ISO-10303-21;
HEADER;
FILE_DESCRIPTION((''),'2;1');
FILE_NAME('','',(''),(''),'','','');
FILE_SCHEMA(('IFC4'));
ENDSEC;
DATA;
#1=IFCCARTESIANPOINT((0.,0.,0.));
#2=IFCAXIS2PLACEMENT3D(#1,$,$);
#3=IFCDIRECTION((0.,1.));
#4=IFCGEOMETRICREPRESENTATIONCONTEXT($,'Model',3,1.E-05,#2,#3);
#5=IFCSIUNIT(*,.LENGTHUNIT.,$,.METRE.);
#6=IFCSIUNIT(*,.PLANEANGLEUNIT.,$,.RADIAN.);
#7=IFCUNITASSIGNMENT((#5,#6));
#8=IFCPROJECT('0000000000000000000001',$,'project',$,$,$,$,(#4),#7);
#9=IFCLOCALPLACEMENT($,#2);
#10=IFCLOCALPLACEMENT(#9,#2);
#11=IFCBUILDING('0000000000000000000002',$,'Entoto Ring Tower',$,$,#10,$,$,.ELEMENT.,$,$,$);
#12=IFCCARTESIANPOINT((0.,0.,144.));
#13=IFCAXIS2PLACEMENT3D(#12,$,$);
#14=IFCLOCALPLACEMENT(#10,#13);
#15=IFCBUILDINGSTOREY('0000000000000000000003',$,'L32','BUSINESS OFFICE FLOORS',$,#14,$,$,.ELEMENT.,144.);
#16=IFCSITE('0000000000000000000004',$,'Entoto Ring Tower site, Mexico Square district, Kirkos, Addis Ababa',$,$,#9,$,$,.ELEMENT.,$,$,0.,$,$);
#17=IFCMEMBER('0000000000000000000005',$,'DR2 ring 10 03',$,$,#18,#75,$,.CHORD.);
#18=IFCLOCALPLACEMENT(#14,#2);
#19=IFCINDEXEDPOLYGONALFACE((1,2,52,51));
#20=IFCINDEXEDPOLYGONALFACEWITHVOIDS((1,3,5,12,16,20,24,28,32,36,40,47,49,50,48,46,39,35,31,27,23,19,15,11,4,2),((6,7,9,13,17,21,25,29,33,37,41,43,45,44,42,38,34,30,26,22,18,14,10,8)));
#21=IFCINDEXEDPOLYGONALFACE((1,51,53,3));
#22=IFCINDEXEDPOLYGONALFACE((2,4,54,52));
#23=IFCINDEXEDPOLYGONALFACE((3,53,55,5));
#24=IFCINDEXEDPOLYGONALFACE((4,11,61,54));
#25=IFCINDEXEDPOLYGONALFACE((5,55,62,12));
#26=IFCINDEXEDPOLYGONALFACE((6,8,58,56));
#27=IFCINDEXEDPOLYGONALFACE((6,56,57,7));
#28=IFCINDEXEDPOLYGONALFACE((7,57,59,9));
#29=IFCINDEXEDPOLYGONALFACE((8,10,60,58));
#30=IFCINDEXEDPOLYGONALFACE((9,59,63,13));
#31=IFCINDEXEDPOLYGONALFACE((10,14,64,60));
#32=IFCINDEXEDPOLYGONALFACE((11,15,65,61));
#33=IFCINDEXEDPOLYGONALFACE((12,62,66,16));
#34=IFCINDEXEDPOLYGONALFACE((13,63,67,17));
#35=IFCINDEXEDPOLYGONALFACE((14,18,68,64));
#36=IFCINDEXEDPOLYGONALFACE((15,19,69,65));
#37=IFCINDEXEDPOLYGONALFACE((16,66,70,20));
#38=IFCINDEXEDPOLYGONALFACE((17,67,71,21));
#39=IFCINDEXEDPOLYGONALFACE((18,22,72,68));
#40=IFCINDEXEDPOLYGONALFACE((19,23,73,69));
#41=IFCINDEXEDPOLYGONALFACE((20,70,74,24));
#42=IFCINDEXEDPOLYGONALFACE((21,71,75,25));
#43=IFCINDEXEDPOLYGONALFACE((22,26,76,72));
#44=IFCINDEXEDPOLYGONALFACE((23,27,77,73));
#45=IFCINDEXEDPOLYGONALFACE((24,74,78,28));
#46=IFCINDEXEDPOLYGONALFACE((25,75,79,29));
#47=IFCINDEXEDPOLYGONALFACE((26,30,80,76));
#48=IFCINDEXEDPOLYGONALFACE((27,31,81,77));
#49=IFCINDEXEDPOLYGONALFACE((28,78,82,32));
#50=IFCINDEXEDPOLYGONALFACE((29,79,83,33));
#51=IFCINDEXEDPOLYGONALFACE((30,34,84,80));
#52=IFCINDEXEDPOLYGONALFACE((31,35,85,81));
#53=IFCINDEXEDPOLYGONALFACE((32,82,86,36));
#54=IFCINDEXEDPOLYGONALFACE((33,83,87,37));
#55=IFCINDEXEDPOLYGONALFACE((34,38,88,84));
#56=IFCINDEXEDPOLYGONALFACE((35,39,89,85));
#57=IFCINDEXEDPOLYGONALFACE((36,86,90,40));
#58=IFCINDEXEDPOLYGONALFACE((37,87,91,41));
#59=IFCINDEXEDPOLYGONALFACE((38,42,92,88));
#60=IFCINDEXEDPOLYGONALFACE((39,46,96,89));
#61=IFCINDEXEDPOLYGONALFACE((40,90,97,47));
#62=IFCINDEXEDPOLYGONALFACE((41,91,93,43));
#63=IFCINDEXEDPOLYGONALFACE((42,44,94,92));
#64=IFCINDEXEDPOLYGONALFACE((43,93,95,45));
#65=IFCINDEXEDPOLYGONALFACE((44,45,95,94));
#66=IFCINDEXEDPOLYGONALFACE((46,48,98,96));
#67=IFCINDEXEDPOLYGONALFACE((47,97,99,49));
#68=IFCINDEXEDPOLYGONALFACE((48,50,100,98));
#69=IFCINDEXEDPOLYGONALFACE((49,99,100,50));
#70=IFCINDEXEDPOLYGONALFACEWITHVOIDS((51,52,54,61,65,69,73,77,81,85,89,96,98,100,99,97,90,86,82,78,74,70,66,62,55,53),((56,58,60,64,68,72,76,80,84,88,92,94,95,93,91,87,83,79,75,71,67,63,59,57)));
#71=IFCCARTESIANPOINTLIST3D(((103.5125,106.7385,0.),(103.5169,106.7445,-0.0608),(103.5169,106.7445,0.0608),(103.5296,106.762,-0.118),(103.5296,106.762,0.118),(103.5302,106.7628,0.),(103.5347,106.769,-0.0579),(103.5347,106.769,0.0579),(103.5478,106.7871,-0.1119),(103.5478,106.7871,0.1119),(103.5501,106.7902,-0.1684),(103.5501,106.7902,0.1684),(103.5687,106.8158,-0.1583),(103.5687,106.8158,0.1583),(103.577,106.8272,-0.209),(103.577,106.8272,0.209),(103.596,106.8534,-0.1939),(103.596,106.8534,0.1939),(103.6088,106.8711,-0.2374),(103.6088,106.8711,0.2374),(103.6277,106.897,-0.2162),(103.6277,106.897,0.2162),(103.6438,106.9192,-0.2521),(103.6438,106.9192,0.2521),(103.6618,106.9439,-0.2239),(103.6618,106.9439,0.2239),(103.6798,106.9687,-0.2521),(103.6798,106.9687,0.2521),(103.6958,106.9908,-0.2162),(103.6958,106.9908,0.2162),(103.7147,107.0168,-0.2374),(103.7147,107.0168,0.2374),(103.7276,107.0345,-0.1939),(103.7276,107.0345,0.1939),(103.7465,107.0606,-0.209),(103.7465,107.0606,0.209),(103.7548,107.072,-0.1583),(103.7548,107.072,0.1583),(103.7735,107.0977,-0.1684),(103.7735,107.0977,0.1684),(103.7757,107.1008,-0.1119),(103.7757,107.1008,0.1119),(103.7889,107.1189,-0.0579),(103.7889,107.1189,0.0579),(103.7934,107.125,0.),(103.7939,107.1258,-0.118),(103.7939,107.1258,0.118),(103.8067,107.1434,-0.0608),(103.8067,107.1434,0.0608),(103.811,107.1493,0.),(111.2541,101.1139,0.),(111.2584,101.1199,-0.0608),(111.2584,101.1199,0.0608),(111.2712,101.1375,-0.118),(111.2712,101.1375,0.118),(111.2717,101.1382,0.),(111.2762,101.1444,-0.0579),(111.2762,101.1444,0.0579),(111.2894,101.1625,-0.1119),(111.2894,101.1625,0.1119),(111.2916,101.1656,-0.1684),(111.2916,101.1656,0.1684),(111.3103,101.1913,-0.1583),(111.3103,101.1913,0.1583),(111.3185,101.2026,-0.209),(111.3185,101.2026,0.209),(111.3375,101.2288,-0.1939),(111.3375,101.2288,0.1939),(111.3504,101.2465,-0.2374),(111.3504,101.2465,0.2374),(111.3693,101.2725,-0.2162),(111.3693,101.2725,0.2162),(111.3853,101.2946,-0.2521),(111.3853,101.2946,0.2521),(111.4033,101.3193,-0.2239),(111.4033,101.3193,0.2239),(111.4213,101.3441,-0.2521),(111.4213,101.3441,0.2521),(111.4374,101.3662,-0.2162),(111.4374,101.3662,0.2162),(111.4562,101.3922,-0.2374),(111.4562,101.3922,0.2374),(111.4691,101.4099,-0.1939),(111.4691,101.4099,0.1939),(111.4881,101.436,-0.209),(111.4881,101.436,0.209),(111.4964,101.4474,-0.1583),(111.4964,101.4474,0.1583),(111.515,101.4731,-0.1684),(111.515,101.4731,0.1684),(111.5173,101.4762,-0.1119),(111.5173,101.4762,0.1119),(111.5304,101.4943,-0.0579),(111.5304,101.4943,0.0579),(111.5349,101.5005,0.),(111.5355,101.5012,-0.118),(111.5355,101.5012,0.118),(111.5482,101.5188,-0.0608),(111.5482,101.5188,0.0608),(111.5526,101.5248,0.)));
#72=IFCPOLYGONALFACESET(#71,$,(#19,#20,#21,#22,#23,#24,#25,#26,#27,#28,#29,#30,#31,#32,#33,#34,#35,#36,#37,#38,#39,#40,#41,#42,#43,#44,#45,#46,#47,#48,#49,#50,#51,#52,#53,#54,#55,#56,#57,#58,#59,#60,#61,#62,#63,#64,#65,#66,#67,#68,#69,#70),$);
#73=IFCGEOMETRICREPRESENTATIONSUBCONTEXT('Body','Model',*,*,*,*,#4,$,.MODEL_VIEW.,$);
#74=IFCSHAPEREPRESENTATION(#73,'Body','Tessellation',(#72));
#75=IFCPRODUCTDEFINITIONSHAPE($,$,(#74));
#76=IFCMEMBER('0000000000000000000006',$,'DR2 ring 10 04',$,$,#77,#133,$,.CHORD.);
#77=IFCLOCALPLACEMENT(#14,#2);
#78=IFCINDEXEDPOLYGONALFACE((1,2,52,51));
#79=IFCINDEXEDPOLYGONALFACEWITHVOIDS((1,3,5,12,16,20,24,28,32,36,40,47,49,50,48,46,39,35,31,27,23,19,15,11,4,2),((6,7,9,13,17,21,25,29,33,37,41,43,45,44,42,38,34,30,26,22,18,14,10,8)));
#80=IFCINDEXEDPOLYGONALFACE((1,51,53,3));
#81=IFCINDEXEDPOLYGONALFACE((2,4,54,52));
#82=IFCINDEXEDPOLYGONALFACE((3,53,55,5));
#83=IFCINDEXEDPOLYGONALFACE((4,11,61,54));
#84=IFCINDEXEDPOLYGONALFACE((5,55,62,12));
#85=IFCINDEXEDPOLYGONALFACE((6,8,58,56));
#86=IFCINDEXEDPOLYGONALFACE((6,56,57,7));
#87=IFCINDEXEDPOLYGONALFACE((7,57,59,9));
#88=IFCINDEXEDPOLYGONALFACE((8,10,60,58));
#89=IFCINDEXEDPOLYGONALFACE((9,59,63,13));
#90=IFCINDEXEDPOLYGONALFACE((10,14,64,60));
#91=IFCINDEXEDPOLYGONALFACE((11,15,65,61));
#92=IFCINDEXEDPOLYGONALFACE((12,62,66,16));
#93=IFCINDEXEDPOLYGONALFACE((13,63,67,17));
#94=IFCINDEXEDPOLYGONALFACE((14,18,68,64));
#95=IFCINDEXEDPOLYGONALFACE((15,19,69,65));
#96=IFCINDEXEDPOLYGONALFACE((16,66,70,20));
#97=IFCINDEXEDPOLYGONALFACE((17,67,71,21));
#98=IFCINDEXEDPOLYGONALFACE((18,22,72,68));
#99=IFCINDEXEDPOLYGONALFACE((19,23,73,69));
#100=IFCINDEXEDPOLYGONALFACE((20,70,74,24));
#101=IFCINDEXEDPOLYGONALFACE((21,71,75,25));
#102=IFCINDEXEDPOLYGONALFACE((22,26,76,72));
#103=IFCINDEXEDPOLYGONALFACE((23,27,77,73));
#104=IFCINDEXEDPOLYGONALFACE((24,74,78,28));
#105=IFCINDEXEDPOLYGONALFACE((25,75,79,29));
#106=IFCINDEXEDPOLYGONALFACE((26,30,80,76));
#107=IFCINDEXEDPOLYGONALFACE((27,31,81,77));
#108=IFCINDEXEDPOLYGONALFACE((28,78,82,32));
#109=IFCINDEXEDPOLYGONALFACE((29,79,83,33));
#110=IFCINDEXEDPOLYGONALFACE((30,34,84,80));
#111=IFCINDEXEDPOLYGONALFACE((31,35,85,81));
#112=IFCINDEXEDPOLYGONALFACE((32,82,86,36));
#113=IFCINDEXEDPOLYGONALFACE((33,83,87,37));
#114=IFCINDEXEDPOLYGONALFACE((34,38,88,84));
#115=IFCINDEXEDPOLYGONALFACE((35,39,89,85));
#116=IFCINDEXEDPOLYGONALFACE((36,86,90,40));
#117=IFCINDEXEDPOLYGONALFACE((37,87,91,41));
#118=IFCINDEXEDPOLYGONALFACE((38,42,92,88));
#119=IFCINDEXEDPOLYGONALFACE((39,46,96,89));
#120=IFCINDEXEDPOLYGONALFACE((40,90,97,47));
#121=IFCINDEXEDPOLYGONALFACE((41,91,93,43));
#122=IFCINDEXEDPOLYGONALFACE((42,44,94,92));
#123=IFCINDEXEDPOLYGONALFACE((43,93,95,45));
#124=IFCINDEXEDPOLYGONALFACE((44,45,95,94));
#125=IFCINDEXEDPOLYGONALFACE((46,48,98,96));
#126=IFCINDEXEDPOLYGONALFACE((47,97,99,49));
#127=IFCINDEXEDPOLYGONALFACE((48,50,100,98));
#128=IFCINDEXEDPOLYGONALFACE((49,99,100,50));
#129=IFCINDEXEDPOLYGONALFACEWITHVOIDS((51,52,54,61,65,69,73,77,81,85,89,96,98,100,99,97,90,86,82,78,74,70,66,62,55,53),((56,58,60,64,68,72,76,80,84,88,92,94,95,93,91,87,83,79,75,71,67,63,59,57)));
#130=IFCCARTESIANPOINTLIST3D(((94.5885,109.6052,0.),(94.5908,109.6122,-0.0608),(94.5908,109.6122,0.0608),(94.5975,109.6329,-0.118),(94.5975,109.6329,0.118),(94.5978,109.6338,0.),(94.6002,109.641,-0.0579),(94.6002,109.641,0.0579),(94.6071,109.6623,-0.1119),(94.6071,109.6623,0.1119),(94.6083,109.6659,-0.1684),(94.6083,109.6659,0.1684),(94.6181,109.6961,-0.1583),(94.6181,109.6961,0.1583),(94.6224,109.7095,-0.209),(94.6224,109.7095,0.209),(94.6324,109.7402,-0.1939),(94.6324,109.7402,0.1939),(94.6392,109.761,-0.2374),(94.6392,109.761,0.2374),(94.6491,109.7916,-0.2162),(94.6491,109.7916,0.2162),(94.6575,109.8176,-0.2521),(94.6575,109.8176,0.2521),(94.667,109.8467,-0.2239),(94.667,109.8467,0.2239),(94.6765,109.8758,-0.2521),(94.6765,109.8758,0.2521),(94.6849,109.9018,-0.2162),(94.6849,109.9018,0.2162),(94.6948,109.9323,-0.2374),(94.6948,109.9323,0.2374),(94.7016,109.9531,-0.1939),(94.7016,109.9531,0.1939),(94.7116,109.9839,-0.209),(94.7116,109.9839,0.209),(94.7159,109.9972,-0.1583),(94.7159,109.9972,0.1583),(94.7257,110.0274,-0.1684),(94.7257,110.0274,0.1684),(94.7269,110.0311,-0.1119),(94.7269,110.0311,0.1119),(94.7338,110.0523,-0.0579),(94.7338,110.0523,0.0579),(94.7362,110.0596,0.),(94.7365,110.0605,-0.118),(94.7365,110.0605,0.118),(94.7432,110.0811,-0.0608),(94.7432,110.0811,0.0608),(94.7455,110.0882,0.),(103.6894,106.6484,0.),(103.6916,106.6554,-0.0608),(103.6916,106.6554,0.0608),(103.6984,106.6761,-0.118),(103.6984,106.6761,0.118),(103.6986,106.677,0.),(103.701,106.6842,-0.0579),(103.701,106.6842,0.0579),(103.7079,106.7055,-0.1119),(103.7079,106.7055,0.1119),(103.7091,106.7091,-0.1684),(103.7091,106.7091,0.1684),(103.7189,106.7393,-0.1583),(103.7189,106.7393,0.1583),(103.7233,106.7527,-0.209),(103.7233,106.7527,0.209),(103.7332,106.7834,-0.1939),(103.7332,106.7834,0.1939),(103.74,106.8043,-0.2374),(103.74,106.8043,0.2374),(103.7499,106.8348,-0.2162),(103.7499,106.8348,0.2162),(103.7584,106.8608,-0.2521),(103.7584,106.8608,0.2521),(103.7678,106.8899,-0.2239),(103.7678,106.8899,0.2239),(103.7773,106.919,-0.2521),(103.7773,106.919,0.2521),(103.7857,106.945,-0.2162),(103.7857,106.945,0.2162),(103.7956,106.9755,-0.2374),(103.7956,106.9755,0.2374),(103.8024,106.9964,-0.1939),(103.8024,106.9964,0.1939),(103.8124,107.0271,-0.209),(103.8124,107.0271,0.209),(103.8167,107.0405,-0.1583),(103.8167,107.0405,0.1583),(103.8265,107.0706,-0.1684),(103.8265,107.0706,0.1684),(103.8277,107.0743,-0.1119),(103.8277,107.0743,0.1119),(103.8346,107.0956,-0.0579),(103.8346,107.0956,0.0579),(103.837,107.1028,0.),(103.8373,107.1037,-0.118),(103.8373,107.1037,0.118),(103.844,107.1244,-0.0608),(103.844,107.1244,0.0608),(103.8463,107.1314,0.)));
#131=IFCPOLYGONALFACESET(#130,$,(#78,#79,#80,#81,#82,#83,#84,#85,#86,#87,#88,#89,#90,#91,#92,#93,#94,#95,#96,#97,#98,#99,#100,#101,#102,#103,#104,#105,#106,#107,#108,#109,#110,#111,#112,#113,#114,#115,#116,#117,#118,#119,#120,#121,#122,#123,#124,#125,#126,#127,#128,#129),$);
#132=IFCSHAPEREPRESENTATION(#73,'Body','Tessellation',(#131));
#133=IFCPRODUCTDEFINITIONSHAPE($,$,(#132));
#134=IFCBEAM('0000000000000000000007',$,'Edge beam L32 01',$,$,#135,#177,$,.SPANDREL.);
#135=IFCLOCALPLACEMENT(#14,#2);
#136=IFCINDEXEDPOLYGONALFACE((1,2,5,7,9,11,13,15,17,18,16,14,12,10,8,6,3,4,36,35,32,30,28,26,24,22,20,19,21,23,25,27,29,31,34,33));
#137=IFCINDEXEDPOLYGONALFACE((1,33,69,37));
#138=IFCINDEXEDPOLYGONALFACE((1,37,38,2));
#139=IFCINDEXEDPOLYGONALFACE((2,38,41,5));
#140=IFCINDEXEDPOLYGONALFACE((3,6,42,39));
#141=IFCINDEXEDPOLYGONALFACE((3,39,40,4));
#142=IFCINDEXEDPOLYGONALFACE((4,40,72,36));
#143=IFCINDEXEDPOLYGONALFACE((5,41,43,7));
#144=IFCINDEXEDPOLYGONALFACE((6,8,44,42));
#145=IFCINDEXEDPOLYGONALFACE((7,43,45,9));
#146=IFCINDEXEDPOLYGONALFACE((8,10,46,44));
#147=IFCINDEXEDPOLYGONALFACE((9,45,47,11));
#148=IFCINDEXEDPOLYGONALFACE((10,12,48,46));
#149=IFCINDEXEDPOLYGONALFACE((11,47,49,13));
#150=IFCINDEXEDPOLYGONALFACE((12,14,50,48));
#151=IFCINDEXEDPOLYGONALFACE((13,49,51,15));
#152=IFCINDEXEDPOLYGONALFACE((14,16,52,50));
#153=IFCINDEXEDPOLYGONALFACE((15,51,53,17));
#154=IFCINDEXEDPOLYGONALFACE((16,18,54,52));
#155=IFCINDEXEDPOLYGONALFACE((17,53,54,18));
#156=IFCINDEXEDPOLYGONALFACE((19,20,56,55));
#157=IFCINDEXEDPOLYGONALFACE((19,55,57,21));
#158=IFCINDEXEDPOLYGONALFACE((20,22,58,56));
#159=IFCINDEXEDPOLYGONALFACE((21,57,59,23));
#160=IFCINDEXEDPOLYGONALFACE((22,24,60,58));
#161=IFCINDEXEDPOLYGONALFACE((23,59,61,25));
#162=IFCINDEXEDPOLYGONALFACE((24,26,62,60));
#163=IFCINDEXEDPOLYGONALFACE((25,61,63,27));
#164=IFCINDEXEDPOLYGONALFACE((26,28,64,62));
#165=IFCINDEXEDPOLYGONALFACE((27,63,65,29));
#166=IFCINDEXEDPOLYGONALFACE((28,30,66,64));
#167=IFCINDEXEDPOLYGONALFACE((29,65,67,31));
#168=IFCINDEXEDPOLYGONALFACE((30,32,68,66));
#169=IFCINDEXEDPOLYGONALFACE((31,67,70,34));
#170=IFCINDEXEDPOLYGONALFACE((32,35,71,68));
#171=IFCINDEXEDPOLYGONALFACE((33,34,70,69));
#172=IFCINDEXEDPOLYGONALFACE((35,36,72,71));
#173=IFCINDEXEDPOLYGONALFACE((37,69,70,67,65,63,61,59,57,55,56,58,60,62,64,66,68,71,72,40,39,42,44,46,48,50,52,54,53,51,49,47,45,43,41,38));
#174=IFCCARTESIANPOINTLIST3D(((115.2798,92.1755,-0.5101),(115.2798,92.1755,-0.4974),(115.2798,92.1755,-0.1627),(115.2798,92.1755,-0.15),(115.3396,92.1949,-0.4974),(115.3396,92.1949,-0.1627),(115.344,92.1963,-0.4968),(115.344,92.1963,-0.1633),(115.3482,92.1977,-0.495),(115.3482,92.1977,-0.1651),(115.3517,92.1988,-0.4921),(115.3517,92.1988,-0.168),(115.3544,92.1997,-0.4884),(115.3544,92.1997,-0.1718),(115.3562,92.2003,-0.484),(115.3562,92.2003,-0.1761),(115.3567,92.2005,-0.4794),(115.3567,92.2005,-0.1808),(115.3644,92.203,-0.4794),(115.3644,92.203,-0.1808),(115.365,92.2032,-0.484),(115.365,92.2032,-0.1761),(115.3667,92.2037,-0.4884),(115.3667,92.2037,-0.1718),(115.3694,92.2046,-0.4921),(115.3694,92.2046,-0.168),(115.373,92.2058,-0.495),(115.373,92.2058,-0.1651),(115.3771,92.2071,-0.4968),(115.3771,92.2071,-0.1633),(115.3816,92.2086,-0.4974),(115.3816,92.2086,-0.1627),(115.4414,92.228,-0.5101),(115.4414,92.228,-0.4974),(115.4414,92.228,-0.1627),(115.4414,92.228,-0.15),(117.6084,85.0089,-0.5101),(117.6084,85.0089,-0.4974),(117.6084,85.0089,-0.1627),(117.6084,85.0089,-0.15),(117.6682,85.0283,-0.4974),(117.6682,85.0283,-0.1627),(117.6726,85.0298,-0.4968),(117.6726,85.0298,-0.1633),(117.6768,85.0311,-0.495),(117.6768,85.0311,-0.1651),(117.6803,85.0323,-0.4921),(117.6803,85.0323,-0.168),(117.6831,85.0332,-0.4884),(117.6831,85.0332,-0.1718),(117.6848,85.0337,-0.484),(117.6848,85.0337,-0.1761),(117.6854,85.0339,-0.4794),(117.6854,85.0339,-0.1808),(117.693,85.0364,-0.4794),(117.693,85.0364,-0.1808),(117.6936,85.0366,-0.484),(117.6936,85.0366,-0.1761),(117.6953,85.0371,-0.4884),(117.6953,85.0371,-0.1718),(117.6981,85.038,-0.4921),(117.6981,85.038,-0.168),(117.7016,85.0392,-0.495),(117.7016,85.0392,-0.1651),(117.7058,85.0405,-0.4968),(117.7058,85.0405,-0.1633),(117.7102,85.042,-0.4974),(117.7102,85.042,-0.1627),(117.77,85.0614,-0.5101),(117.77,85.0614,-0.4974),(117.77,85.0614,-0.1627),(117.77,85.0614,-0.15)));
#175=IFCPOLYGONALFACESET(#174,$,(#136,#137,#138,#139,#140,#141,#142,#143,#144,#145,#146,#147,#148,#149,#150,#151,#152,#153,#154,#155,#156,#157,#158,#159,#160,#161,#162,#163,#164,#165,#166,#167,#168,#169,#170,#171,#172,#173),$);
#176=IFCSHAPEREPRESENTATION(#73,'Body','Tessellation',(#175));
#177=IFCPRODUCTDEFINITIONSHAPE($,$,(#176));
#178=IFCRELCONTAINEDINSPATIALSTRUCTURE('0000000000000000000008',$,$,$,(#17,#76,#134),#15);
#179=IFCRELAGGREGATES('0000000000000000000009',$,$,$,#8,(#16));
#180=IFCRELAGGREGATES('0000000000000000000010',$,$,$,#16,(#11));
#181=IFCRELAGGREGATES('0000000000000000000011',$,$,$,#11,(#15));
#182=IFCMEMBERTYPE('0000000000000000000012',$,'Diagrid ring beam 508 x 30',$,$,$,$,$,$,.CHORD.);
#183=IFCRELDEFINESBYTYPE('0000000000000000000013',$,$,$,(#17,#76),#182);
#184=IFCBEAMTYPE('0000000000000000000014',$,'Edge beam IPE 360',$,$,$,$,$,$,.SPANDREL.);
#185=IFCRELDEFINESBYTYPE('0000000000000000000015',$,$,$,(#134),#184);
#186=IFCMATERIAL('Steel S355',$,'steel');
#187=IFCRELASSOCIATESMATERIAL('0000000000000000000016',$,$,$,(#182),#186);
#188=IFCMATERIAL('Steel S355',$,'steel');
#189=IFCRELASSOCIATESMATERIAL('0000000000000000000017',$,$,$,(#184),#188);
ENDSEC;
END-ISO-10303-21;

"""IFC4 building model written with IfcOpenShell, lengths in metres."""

from ifc_helpers import new_model, si_unit, direction, frame, origin, origin_2d, place, context, subcontext, project, spatial, circle, hollow_circle, i_section, extrude, material, material_profile, profile_set, type_object, element, save


model = new_model("IFC4")

# Units and contexts
model_context = context("Model", 3, precision=1e-05, world=origin(), true_north=direction((0.0, 1.0)))
body_context = subcontext(model_context, "Body", "Model", "MODEL_VIEW")
ifc_project = project(units=[si_unit("LENGTHUNIT", "METRE"), si_unit("PLANEANGLEUNIT", "RADIAN")], contexts=[model_context])

# Site, building, storey
site_placement = place(None, origin())
site = spatial("IfcSite", under=ifc_project, at=site_placement, Name="Entoto Ring Tower site, Mexico Square district, Kirkos, Addis Ababa", CompositionType="ELEMENT", RefElevation=0.0)
building_placement = place(site_placement, origin())
building = spatial("IfcBuilding", under=site, at=building_placement, Name="Entoto Ring Tower", CompositionType="ELEMENT")
storey_placement = place(building_placement, frame((0.0, 0.0, 144.0)))
storey = spatial("IfcBuildingStorey", under=building, at=storey_placement, Name="L32", Description="BUSINESS OFFICE FLOORS", CompositionType="ELEMENT", Elevation=144.0)

# Members
ifc_material_1 = material(Name="Steel S355", Category="steel")
ifc_material_profile_1 = material_profile(ifc_material_1, hollow_circle(Radius=0.2539, WallThickness=0.03, at=origin_2d()), Name="CHS 508 x 30")
ifc_material_2 = material(Name="Concrete C60/75", Category="concrete")
ifc_material_profile_2 = material_profile(ifc_material_2, circle(Radius=0.2241, at=origin_2d()), Name="Concrete C60/75 infill")
ifc_profile_set_1 = profile_set([ifc_material_profile_1, ifc_material_profile_2], Name="Steel S355")
member_type_1 = type_object("IfcMemberType", Name="Diagrid ring beam 508 x 30", PredefinedType="CHORD", material=ifc_profile_set_1)
for number, where, z_axis, x_axis, name in (
    (1, (111.4033, 101.3193, 0.0), (-0.809016, 0.587786, 0.0), (-0.587786, -0.809016, 0.0), "DR2 ring 10 03"),
    (2, (103.7678, 106.8899, 0.0), (-0.951064, 0.308993, 0.0), (-0.308993, -0.951064, 0.0), "DR2 ring 10 04"),
):
    element("IfcMember", number, at=place(storey_placement, frame(where, z_axis=z_axis, x_axis=x_axis)), inside=storey, type_object=member_type_1, Name=name, PredefinedType="CHORD", context=body_context, shape_type="SweptSolid", body=[
        extrude(hollow_circle(Radius=0.2539, WallThickness=0.03, at=origin_2d()), origin(), (0.0, 0.0, 1.0), 9.5691),
    ])

# Beam
ifc_material_3 = material(Name="Steel S355", Category="steel")
ifc_material_profile_3 = material_profile(ifc_material_3, i_section(OverallWidth=0.1699, OverallDepth=0.3601, WebThickness=0.0081, FlangeThickness=0.0127, FilletRadius=0.0181, at=origin_2d()), Name="IPE 360")
ifc_profile_set_2 = profile_set([ifc_material_profile_3], Name="Steel S355")
beam_type_1 = type_object("IfcBeamType", Name="Edge beam IPE 360", PredefinedType="SPANDREL", material=ifc_profile_set_2)
beam_1_placement = place(storey_placement, frame((117.6892, 85.0352, -0.3301), z_axis=(-0.309026, 0.951054, 0.0), x_axis=(-0.951054, -0.309026, 0.0)))
element("IfcBeam", 3, at=beam_1_placement, inside=storey, type_object=beam_type_1, Name="Edge beam L32 01", PredefinedType="SPANDREL", context=body_context, shape_type="SweptSolid", body=[
    extrude(i_section(OverallWidth=0.1699, OverallDepth=0.3601, WebThickness=0.0081, FlangeThickness=0.0127, FilletRadius=0.0181, at=origin_2d()), origin(), (0.0, 0.0, 1.0), 7.5354),
])

save(model, "model.ifc")
